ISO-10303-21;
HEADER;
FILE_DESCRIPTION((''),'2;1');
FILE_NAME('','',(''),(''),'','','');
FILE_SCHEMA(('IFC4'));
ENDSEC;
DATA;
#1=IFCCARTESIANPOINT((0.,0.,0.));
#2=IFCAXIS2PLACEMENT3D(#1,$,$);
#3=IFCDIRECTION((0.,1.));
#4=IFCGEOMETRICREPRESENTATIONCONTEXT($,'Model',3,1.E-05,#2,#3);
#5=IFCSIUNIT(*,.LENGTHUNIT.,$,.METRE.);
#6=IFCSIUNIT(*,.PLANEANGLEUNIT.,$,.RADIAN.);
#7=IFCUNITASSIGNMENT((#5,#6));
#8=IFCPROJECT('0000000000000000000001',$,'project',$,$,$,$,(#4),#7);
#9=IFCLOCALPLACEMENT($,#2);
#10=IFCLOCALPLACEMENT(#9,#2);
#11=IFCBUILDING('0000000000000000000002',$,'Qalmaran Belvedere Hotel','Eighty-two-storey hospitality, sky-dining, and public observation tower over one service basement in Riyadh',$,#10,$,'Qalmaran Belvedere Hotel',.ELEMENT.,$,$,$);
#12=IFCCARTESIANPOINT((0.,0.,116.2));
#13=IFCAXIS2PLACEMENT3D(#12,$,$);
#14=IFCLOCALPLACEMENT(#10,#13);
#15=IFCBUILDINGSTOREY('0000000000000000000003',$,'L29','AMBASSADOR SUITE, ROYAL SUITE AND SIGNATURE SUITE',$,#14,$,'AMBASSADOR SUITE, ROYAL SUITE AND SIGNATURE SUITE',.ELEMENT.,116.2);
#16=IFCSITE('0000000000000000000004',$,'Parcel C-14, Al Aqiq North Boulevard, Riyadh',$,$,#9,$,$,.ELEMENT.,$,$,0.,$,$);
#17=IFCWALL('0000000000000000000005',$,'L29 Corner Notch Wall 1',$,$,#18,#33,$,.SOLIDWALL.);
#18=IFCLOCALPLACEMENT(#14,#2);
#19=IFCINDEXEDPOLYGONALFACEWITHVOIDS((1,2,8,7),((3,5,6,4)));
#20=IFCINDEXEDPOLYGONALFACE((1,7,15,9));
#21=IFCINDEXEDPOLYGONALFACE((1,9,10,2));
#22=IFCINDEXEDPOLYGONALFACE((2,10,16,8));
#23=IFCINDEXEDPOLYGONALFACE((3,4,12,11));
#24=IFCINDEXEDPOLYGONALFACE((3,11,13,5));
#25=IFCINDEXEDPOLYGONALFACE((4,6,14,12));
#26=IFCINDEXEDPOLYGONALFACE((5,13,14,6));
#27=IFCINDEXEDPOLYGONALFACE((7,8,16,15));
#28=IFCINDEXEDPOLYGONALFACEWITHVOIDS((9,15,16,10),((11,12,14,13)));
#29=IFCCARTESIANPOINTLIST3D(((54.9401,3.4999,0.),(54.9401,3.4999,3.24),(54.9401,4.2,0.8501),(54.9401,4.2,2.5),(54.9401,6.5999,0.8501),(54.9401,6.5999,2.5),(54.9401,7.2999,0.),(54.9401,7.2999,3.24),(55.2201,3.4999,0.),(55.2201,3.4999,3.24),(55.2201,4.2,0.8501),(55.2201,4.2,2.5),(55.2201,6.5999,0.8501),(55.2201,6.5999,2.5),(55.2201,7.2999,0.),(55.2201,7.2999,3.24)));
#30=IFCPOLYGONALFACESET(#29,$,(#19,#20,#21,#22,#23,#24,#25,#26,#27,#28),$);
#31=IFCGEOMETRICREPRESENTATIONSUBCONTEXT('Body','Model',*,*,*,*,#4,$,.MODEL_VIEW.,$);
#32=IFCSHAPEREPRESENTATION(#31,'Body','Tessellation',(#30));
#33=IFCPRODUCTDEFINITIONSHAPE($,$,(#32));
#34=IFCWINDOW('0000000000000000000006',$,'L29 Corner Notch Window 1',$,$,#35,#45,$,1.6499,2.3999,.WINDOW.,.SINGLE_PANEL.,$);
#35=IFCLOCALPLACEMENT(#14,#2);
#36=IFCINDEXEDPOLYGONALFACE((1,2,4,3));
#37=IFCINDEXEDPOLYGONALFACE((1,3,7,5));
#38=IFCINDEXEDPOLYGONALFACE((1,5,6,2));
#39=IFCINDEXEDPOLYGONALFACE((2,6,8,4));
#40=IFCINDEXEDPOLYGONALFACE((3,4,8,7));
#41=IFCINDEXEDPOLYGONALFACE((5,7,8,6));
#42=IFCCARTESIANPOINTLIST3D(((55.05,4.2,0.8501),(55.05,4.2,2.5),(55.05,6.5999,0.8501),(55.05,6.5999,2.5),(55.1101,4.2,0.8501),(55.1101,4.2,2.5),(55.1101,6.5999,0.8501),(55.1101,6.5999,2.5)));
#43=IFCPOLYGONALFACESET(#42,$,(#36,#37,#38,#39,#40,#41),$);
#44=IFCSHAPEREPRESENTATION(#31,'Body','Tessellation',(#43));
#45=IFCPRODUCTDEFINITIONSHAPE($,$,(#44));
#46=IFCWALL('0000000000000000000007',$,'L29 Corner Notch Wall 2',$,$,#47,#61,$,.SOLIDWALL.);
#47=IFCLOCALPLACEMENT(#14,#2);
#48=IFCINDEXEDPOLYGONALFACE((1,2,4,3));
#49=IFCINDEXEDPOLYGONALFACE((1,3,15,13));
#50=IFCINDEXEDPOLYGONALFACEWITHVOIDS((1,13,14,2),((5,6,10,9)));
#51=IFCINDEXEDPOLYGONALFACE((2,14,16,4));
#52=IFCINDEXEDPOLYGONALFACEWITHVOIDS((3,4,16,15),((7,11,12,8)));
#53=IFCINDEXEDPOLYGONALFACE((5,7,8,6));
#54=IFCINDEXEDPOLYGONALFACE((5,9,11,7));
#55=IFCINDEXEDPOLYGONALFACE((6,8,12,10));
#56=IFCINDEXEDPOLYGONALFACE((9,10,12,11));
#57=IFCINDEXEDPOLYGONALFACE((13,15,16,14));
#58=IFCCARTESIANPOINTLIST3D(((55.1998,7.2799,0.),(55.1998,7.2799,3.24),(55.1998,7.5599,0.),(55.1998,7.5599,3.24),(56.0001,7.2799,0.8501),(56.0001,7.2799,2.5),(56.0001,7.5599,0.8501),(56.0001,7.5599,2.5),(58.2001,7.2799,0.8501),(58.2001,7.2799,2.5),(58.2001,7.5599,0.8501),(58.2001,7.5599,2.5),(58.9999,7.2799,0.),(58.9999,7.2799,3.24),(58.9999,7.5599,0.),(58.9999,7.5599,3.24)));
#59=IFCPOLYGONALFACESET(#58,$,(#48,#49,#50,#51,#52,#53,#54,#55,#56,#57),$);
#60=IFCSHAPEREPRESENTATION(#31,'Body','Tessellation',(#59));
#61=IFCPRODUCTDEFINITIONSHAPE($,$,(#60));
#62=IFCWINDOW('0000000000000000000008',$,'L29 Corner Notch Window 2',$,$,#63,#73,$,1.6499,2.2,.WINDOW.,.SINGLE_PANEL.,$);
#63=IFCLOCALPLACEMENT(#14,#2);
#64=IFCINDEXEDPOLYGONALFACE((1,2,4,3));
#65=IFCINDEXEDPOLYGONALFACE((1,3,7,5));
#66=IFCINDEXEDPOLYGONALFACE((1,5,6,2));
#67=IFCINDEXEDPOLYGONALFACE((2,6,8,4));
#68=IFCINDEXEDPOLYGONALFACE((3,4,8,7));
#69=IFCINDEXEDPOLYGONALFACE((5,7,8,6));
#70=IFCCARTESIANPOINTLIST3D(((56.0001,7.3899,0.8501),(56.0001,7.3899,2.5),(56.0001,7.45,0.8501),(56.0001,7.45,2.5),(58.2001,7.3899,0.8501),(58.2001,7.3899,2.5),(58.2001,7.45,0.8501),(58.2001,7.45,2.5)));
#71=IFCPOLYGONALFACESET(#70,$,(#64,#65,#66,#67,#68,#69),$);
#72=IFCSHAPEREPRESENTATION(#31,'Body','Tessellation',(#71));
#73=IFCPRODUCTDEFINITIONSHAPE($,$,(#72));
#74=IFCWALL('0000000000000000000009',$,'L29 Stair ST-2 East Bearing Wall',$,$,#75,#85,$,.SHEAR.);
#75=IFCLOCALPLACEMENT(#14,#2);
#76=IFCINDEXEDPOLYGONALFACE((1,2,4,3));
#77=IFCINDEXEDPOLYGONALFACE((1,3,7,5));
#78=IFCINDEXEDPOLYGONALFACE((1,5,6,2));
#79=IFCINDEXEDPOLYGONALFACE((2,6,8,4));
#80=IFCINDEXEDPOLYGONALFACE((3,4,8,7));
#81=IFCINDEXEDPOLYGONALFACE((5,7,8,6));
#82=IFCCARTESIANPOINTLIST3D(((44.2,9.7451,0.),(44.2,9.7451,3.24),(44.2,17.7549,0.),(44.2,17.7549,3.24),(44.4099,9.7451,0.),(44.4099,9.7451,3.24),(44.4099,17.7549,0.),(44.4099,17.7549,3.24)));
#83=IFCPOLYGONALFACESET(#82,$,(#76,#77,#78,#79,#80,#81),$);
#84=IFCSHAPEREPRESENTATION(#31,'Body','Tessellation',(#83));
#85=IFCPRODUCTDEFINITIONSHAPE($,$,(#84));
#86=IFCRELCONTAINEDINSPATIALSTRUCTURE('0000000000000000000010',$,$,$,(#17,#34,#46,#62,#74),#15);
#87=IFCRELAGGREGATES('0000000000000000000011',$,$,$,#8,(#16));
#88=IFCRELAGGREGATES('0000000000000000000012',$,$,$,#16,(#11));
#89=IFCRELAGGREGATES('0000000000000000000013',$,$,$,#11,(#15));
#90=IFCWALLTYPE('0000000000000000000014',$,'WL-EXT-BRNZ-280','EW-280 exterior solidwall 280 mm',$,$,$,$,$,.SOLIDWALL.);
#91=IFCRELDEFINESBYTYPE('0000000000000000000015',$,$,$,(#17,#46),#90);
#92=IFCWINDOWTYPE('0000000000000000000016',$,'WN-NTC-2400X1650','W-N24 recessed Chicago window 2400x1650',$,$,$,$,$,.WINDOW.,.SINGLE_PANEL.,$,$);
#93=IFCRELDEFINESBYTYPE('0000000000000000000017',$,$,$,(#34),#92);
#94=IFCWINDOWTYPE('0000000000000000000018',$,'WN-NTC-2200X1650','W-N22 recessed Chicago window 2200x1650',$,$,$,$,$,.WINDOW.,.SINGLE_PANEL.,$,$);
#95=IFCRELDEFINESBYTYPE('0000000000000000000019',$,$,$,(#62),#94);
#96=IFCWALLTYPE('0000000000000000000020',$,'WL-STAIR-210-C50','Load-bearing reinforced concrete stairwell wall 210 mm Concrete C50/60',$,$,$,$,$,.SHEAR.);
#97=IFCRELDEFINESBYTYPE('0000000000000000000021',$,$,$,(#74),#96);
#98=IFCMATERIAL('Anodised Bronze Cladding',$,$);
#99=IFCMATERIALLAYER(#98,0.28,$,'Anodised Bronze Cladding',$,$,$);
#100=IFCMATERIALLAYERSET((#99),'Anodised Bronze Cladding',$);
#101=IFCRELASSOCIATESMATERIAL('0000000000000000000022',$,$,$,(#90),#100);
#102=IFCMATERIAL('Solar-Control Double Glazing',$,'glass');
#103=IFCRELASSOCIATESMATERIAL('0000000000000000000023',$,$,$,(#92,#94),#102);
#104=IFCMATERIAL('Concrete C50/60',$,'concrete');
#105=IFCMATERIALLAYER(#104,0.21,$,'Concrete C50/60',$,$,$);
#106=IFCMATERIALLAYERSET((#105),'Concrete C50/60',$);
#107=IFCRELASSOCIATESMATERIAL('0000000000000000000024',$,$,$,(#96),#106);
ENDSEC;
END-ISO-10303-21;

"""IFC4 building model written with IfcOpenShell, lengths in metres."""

from ifc_helpers import new_model, si_unit, direction, frame, frame_2d, origin, place, context, subcontext, project, spatial, rectangle, extrude, material, layer, layer_set, type_object, element, fill, save


model = new_model("IFC4")

# Units and contexts
model_context = context("Model", 3, precision=1e-05, world=origin(), true_north=direction((0.0, 1.0)))
body_context = subcontext(model_context, "Body", "Model", "MODEL_VIEW")
ifc_project = project(units=[si_unit("LENGTHUNIT", "METRE"), si_unit("PLANEANGLEUNIT", "RADIAN")], contexts=[model_context])

# Site, building, storey
site_placement = place(None, origin())
site = spatial("IfcSite", under=ifc_project, at=site_placement, Name="Parcel C-14, Al Aqiq North Boulevard, Riyadh", CompositionType="ELEMENT", RefElevation=0.0)
building_placement = place(site_placement, origin())
building = spatial("IfcBuilding", under=site, at=building_placement, Name="Qalmaran Belvedere Hotel", Description="Eighty-two-storey hospitality, sky-dining, and public observation tower over one service basement in Riyadh", LongName="Qalmaran Belvedere Hotel", CompositionType="ELEMENT")
storey_placement = place(building_placement, frame((0.0, 0.0, 116.2)))
storey = spatial("IfcBuildingStorey", under=building, at=storey_placement, Name="L29", Description="AMBASSADOR SUITE, ROYAL SUITE AND SIGNATURE SUITE", LongName="AMBASSADOR SUITE, ROYAL SUITE AND SIGNATURE SUITE", CompositionType="ELEMENT", Elevation=116.2)

# Shared definitions
ifc_material_1 = material(Name="Solar-Control Double Glazing", Category="glass")

# Walls, openings, windows
ifc_material_2 = material(Name="Anodised Bronze Cladding")
ifc_layer_1 = layer(ifc_material_2, 0.28, Name="Anodised Bronze Cladding")
ifc_layer_set_1 = layer_set([ifc_layer_1], Name="Anodised Bronze Cladding")
wall_type_1 = type_object("IfcWallType", Name="WL-EXT-BRNZ-280", Description="EW-280 exterior solidwall 280 mm", PredefinedType="SOLIDWALL", material=ifc_layer_set_1)
wall_1_placement = place(storey_placement, frame((55.0801, 3.5, 0.0), z_axis=(0.0, 0.0, 1.0), x_axis=(0.0, 1.0, 0.0)))
wall_1 = element("IfcWall", 1, at=wall_1_placement, inside=storey, type_object=wall_type_1, Name="L29 Corner Notch Wall 1", PredefinedType="SOLIDWALL", context=body_context, shape_type="SweptSolid", body=[
    extrude(rectangle(XDim=3.8, YDim=0.28, at=frame_2d((1.8999, 0.0))), origin(), (0.0, 0.0, 1.0), 3.24),
])
opening_1_placement = place(wall_1_placement, frame((0.7, 0.0, 0.8501)))
opening_1 = element("IfcOpeningElement", 2, at=opening_1_placement, cuts=wall_1, PredefinedType="OPENING", context=body_context, shape_type="SweptSolid", body=[
    extrude(rectangle(XDim=2.3999, YDim=1.6499, at=frame_2d((1.2, 0.825))), frame((0.0, 0.1499, 0.0), z_axis=(0.0, -1.0, 0.0), x_axis=(1.0, 0.0, 0.0)), (0.0, 0.0, 1.0), 0.3),
])
window_type_1 = type_object("IfcWindowType", Name="WN-NTC-2400X1650", Description="W-N24 recessed Chicago window 2400x1650", PartitioningType="SINGLE_PANEL", PredefinedType="WINDOW", material=ifc_material_1)
window_1_placement = place(opening_1_placement, origin())
window_1 = element("IfcWindow", 3, at=window_1_placement, inside=storey, type_object=window_type_1, Name="L29 Corner Notch Window 1", OverallHeight=1.6499, OverallWidth=2.3999, PartitioningType="SINGLE_PANEL", PredefinedType="WINDOW", context=body_context, shape_type="SweptSolid", body=[
    extrude(rectangle(XDim=2.3999, YDim=1.6499, at=frame_2d((1.2, 0.825))), frame((0.0, 0.03, 0.0), z_axis=(0.0, -1.0, 0.0), x_axis=(1.0, 0.0, 0.0)), (0.0, 0.0, 1.0), 0.0601),
])
fill(opening_1, window_1)
wall_2_placement = place(storey_placement, frame((55.2, 7.4199, 0.0), z_axis=(0.0, 0.0, 1.0), x_axis=(1.0, 0.0, 0.0)))
wall_2 = element("IfcWall", 4, at=wall_2_placement, inside=storey, type_object=wall_type_1, Name="L29 Corner Notch Wall 2", PredefinedType="SOLIDWALL", context=body_context, shape_type="SweptSolid", body=[
    extrude(rectangle(XDim=3.8, YDim=0.28, at=frame_2d((1.8999, 0.0))), origin(), (0.0, 0.0, 1.0), 3.24),
])
opening_2_placement = place(wall_2_placement, frame((0.8, 0.0, 0.8501)))
opening_2 = element("IfcOpeningElement", 5, at=opening_2_placement, cuts=wall_2, PredefinedType="OPENING", context=body_context, shape_type="SweptSolid", body=[
    extrude(rectangle(XDim=2.2, YDim=1.6499, at=frame_2d((1.1001, 0.825))), frame((0.0, 0.1499, 0.0), z_axis=(0.0, -1.0, 0.0), x_axis=(1.0, 0.0, 0.0)), (0.0, 0.0, 1.0), 0.3),
])
window_type_2 = type_object("IfcWindowType", Name="WN-NTC-2200X1650", Description="W-N22 recessed Chicago window 2200x1650", PartitioningType="SINGLE_PANEL", PredefinedType="WINDOW", material=ifc_material_1)
window_2_placement = place(opening_2_placement, origin())
window_2 = element("IfcWindow", 6, at=window_2_placement, inside=storey, type_object=window_type_2, Name="L29 Corner Notch Window 2", OverallHeight=1.6499, OverallWidth=2.2, PartitioningType="SINGLE_PANEL", PredefinedType="WINDOW", context=body_context, shape_type="SweptSolid", body=[
    extrude(rectangle(XDim=2.2, YDim=1.6499, at=frame_2d((1.1001, 0.825))), frame((0.0, 0.03, 0.0), z_axis=(0.0, -1.0, 0.0), x_axis=(1.0, 0.0, 0.0)), (0.0, 0.0, 1.0), 0.0601),
])
fill(opening_2, window_2)

# Wall
ifc_material_3 = material(Name="Concrete C50/60", Category="concrete")
ifc_layer_2 = layer(ifc_material_3, 0.21, Name="Concrete C50/60")
ifc_layer_set_2 = layer_set([ifc_layer_2], Name="Concrete C50/60")
wall_type_2 = type_object("IfcWallType", Name="WL-STAIR-210-C50", Description="Load-bearing reinforced concrete stairwell wall 210 mm Concrete C50/60", PredefinedType="SHEAR", material=ifc_layer_set_2)
wall_3_placement = place(storey_placement, frame((44.3049, 9.7451, 0.0), z_axis=(0.0, 0.0, 1.0), x_axis=(0.0, 1.0, 0.0)))
element("IfcWall", 7, at=wall_3_placement, inside=storey, type_object=wall_type_2, Name="L29 Stair ST-2 East Bearing Wall", PredefinedType="SHEAR", context=body_context, shape_type="SweptSolid", body=[
    extrude(rectangle(XDim=8.0098, YDim=0.21, at=frame_2d((4.0049, 0.0))), origin(), (0.0, 0.0, 1.0), 3.24),
])

save(model, "model.ifc")
